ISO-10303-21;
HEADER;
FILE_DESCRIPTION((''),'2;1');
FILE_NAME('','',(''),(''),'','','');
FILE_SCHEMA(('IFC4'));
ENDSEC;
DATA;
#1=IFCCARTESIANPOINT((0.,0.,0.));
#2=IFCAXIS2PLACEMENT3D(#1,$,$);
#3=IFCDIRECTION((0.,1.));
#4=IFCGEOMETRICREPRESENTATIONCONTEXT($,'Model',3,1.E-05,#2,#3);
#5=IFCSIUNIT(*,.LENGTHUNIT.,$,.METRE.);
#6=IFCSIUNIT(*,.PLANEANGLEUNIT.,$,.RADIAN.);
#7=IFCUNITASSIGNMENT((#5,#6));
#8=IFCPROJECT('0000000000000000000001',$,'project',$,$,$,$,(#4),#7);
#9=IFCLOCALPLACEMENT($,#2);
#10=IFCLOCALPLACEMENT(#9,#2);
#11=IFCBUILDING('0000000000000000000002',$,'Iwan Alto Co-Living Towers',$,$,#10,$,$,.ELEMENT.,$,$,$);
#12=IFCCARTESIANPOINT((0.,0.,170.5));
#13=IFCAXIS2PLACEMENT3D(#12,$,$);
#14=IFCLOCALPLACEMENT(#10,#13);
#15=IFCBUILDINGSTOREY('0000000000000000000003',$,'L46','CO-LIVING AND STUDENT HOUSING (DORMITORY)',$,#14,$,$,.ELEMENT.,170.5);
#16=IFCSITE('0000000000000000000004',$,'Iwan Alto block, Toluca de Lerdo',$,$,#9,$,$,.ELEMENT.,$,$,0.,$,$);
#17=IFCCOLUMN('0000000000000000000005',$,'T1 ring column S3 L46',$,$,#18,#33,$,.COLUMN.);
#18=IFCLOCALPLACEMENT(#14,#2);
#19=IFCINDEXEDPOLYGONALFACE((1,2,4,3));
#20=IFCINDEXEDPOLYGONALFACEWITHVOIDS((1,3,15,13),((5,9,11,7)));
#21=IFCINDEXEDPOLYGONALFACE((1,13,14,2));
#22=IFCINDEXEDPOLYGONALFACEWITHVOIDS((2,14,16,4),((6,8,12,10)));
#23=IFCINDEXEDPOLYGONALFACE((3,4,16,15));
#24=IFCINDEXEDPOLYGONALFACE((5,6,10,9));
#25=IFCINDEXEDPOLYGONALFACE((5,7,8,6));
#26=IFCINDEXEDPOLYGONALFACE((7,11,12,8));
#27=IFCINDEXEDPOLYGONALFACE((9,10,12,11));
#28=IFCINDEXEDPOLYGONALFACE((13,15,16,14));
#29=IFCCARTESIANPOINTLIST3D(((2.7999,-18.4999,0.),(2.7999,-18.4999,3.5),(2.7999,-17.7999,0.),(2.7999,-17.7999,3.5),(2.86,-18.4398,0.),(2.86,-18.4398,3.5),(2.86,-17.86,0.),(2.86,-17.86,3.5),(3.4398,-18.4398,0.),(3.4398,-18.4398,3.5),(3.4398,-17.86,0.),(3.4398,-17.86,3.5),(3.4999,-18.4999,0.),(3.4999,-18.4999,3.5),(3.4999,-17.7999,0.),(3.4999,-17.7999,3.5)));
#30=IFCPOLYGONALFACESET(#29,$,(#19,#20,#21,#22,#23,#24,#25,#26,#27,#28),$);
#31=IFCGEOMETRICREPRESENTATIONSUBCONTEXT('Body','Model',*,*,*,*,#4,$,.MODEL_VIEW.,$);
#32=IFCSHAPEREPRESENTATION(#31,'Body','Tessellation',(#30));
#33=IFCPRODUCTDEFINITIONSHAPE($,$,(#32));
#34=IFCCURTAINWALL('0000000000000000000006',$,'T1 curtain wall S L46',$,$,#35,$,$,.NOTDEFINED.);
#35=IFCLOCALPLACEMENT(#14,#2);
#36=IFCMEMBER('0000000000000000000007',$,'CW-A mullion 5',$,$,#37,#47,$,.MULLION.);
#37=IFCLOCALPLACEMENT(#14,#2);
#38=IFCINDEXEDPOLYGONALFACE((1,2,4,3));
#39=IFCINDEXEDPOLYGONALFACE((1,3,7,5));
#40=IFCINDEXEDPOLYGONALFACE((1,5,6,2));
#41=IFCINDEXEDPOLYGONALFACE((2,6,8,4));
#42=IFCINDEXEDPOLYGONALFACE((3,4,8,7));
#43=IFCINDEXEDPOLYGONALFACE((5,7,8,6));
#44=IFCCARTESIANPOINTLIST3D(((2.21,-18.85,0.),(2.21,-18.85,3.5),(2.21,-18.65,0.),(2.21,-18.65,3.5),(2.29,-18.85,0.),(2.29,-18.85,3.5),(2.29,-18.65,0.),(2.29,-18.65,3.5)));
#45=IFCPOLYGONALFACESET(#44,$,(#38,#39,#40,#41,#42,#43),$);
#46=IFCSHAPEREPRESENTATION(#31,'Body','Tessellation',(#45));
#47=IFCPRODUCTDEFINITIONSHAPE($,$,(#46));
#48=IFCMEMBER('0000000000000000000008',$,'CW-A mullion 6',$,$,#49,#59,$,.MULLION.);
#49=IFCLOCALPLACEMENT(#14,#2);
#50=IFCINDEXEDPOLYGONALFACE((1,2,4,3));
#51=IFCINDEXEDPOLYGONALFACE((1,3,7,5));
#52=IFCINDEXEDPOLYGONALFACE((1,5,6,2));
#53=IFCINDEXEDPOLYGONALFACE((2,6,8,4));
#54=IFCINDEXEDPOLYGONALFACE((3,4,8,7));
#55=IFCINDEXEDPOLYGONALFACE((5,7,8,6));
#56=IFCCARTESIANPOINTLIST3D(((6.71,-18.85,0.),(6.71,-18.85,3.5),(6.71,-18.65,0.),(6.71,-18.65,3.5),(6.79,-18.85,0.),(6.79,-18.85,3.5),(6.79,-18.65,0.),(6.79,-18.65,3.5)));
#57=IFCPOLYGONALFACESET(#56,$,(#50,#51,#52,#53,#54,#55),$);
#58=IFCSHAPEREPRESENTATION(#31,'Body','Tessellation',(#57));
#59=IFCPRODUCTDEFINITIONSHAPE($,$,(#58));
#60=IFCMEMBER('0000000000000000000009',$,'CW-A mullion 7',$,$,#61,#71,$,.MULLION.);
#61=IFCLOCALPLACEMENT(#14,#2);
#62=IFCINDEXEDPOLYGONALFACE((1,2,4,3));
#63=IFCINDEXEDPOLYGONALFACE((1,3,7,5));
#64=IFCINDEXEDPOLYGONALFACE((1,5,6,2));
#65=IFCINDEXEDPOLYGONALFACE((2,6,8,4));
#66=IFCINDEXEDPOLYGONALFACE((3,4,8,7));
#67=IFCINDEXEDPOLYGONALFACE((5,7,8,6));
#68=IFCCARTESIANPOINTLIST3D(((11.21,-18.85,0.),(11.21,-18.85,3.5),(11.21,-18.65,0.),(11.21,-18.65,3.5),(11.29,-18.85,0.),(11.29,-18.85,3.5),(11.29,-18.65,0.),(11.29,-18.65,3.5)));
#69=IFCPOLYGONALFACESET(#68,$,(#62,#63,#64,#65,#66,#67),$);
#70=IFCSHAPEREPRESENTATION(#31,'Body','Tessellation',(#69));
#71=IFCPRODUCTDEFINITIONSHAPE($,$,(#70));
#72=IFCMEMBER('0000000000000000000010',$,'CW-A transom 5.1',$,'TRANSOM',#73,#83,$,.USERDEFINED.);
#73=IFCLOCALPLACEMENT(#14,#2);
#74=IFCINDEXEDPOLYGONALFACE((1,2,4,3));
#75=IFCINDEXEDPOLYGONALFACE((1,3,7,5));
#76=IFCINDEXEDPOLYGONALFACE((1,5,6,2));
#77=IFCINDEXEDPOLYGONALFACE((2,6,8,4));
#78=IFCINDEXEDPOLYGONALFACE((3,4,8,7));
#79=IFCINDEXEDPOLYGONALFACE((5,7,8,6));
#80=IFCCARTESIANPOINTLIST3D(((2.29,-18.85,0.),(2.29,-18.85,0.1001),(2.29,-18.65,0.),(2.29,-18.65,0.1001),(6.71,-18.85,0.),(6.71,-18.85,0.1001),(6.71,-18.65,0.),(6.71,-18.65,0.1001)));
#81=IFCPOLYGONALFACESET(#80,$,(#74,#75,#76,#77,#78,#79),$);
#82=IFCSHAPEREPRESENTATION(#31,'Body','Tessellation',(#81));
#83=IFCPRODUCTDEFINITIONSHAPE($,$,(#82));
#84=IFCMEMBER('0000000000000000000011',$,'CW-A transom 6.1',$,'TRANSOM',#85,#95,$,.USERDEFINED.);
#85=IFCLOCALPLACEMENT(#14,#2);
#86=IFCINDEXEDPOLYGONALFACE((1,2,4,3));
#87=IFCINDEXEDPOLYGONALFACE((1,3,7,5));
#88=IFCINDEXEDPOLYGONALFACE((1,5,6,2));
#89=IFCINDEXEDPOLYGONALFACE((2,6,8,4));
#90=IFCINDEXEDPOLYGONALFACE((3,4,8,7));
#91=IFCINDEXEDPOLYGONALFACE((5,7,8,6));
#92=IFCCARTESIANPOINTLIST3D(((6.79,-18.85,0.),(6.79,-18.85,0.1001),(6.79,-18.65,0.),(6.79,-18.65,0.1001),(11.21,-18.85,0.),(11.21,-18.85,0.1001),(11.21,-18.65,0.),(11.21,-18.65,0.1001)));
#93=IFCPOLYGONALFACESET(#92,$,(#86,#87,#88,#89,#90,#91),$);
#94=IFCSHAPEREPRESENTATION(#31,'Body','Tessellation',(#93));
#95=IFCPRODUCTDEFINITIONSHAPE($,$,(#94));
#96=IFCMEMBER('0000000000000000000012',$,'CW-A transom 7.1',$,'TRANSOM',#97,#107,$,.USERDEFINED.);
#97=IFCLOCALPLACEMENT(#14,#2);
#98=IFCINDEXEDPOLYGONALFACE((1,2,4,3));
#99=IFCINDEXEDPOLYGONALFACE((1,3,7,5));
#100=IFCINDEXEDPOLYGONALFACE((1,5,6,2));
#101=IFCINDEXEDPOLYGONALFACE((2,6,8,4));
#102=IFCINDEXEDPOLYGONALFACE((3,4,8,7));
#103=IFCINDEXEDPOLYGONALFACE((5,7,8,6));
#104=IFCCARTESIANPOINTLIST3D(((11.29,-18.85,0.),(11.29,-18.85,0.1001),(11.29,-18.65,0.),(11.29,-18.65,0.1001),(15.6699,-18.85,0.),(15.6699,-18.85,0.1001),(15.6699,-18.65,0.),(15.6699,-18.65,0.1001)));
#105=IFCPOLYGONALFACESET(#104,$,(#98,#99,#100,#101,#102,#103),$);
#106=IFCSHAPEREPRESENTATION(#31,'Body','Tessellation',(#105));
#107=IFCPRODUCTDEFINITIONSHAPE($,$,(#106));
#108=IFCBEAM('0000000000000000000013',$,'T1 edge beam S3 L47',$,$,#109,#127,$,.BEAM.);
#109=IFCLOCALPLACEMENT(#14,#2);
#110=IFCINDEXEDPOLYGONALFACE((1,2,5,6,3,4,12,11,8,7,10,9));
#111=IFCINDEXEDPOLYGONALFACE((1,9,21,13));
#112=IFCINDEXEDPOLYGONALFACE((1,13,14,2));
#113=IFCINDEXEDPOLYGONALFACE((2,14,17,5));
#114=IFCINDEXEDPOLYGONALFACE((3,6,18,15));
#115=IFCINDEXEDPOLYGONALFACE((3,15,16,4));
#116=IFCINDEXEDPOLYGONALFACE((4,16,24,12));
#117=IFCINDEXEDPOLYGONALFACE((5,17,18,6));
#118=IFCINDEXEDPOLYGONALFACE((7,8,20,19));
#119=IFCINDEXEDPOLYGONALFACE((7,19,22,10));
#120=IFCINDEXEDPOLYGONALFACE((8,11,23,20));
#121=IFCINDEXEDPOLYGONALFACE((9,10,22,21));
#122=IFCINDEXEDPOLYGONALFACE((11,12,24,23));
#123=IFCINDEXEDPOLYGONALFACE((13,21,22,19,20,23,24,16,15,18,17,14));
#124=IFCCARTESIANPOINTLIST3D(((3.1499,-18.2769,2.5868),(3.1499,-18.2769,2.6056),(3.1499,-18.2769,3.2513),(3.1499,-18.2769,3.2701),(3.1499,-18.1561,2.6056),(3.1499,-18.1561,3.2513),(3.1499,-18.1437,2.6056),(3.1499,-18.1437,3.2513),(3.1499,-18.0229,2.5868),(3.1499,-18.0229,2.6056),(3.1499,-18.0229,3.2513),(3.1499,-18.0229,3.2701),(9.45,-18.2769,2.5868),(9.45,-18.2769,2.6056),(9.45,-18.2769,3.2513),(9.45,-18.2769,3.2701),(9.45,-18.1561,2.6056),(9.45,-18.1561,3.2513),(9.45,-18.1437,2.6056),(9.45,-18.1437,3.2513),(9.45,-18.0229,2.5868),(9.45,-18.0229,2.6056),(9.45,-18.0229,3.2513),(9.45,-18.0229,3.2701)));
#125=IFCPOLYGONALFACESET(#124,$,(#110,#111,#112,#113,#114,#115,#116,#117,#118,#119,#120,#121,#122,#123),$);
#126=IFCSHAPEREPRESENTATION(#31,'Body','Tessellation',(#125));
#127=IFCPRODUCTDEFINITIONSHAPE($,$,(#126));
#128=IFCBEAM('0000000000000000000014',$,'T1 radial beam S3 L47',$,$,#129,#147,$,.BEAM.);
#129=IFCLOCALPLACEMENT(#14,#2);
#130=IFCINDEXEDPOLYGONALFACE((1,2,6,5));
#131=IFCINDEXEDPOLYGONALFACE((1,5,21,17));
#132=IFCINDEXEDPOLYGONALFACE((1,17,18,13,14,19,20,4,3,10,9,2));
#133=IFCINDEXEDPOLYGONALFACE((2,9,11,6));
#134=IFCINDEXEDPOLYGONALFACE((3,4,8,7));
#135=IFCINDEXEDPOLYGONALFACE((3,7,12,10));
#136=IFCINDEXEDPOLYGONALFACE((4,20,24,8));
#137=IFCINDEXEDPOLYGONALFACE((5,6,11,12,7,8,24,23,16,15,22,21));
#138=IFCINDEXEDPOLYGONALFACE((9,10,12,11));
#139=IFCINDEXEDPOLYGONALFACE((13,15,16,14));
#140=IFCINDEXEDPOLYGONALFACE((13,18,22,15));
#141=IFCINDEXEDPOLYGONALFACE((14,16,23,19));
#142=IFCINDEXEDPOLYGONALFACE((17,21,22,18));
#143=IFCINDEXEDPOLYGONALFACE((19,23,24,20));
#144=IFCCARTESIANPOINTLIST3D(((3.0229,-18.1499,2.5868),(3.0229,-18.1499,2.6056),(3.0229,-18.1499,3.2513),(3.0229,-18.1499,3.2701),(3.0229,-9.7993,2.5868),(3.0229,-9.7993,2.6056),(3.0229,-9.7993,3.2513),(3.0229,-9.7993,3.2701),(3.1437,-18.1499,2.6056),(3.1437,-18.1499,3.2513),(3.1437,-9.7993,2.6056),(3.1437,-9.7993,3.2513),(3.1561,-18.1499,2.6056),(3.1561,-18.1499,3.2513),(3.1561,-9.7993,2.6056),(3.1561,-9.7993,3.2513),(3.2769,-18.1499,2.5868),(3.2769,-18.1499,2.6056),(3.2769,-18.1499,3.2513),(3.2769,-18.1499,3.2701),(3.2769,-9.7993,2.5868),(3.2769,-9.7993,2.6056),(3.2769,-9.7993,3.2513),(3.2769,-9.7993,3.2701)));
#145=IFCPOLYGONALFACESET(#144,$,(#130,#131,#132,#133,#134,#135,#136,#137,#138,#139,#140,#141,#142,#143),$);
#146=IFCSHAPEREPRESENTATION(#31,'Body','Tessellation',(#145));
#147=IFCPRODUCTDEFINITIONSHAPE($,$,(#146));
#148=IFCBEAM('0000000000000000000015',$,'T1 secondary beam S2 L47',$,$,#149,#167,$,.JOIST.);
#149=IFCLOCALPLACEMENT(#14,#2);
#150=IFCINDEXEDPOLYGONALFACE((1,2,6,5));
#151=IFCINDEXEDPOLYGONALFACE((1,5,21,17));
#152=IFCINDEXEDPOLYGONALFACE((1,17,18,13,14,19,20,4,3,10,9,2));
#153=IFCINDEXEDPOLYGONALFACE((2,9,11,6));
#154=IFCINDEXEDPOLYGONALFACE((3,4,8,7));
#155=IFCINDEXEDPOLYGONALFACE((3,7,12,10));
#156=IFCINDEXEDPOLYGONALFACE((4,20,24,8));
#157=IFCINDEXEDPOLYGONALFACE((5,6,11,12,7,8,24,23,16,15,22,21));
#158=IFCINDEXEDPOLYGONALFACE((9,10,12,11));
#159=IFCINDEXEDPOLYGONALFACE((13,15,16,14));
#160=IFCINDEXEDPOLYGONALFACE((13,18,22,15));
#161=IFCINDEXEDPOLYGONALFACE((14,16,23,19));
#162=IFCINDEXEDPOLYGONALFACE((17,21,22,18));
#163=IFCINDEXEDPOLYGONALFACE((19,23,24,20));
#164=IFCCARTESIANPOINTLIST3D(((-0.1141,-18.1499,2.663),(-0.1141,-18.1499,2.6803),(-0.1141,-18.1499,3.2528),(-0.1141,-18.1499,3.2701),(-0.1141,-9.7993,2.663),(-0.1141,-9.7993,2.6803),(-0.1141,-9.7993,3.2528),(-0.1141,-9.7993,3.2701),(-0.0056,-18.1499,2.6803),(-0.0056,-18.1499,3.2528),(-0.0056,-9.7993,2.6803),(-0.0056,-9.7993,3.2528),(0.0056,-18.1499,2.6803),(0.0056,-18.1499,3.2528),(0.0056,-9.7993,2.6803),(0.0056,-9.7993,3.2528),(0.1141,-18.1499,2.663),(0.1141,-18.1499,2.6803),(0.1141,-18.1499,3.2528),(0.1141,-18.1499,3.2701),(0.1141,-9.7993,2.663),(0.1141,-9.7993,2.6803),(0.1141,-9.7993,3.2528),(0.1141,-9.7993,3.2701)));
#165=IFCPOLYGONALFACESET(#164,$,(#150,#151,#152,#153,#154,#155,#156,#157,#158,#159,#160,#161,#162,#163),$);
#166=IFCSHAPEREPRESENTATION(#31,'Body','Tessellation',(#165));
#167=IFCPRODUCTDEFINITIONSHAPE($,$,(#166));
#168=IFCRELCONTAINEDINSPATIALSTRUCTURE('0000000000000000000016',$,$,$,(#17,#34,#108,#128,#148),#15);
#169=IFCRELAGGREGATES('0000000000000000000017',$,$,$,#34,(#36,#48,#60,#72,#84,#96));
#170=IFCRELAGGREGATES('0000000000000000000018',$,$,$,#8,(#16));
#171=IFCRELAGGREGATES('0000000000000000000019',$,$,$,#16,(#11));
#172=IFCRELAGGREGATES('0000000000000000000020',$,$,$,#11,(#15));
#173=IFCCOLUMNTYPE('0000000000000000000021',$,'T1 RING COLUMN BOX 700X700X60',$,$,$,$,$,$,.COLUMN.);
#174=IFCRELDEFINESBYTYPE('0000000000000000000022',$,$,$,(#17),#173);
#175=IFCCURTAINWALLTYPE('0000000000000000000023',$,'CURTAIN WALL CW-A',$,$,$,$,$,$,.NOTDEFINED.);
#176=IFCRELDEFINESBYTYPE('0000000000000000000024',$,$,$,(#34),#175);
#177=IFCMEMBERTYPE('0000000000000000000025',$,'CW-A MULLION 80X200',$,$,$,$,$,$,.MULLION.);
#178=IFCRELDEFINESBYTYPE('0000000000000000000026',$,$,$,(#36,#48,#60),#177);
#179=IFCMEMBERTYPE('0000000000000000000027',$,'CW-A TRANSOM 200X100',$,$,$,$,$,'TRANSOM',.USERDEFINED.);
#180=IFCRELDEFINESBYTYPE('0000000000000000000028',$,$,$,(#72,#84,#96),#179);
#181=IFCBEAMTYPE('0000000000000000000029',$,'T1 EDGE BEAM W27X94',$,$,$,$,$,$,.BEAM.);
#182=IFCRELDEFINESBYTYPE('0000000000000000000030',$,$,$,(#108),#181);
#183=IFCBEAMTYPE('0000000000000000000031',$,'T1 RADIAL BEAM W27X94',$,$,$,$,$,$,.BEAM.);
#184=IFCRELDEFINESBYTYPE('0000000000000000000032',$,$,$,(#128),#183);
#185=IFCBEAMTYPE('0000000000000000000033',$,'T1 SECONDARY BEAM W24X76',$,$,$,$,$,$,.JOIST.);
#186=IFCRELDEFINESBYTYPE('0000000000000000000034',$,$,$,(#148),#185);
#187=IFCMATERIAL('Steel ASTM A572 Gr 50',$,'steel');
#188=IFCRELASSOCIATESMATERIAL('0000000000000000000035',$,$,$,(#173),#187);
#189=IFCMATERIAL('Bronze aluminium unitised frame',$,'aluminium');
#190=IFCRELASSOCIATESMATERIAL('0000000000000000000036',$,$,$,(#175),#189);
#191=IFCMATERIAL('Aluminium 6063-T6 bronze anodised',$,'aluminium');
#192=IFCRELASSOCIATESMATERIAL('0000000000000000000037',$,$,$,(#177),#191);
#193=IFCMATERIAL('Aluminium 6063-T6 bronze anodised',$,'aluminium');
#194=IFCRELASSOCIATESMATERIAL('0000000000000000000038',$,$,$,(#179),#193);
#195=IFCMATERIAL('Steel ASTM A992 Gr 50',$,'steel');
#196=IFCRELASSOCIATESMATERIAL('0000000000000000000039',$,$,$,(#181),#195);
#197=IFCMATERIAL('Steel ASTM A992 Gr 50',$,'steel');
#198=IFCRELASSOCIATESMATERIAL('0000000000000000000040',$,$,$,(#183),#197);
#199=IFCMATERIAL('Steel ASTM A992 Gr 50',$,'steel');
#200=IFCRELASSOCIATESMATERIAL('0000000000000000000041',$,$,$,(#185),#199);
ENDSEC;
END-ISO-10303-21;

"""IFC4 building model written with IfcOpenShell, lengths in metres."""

from ifc_helpers import new_model, si_unit, direction, frame, origin, origin_2d, place, context, subcontext, project, spatial, rectangle, hollow_rectangle, i_section, extrude, material, material_profile, profile_set, type_object, element, aggregate, save


model = new_model("IFC4")

# Units and contexts
model_context = context("Model", 3, precision=1e-05, world=origin(), true_north=direction((0.0, 1.0)))
body_context = subcontext(model_context, "Body", "Model", "MODEL_VIEW")
ifc_project = project(units=[si_unit("LENGTHUNIT", "METRE"), si_unit("PLANEANGLEUNIT", "RADIAN")], contexts=[model_context])

# Site, building, storey
site_placement = place(None, origin())
site = spatial("IfcSite", under=ifc_project, at=site_placement, Name="Iwan Alto block, Toluca de Lerdo", CompositionType="ELEMENT", RefElevation=0.0)
building_placement = place(site_placement, origin())
building = spatial("IfcBuilding", under=site, at=building_placement, Name="Iwan Alto Co-Living Towers", CompositionType="ELEMENT")
storey_placement = place(building_placement, frame((0.0, 0.0, 170.5)))
storey = spatial("IfcBuildingStorey", under=building, at=storey_placement, Name="L46", Description="CO-LIVING AND STUDENT HOUSING (DORMITORY)", CompositionType="ELEMENT", Elevation=170.5)

# Column
ifc_material_1 = material(Name="Steel ASTM A572 Gr 50", Category="steel")
ifc_material_profile_1 = material_profile(ifc_material_1, hollow_rectangle(XDim=0.7, YDim=0.7, WallThickness=0.0601, at=origin_2d()), Name="BOX 700X700X60")
ifc_profile_set_1 = profile_set([ifc_material_profile_1], Name="Steel ASTM A572 Gr 50")
column_type = type_object("IfcColumnType", Name="T1 RING COLUMN BOX 700X700X60", PredefinedType="COLUMN", material=ifc_profile_set_1)
column_placement = place(storey_placement, frame((3.1499, -18.1499, 0.0), z_axis=(0.0, 0.0, 1.0), x_axis=(1.0, 0.0, 0.0)))
element("IfcColumn", 1, at=column_placement, inside=storey, type_object=column_type, Name="T1 ring column S3 L46", PredefinedType="COLUMN", context=body_context, shape_type="SweptSolid", body=[
    extrude(hollow_rectangle(XDim=0.7, YDim=0.7, WallThickness=0.0601, at=origin_2d()), origin(), (0.0, 0.0, 1.0), 3.5),
])

# Curtain wall, members
ifc_material_2 = material(Name="Bronze aluminium unitised frame", Category="aluminium")
curtain_wall_type = type_object("IfcCurtainWallType", Name="CURTAIN WALL CW-A", PredefinedType="NOTDEFINED", material=ifc_material_2)
curtain_wall_placement = place(storey_placement, origin())
curtain_wall = element("IfcCurtainWall", 2, at=curtain_wall_placement, inside=storey, type_object=curtain_wall_type, Name="T1 curtain wall S L46", PredefinedType="NOTDEFINED")
ifc_material_3 = material(Name="Aluminium 6063-T6 bronze anodised", Category="aluminium")
ifc_material_profile_2 = material_profile(ifc_material_3, rectangle(XDim=0.2, YDim=0.0801, at=origin_2d()), Name="AL 80X200")
ifc_profile_set_2 = profile_set([ifc_material_profile_2], Name="Aluminium 6063-T6 bronze anodised")
member_type_1 = type_object("IfcMemberType", Name="CW-A MULLION 80X200", PredefinedType="MULLION", material=ifc_profile_set_2)
member_1_placement = place(storey_placement, frame((2.25, -18.75, 0.0), z_axis=(0.0, 0.0, 1.0), x_axis=(0.0, 1.0, 0.0)))
member_1 = element("IfcMember", 3, at=member_1_placement, type_object=member_type_1, Name="CW-A mullion 5", PredefinedType="MULLION", context=body_context, shape_type="SweptSolid", body=[
    extrude(rectangle(XDim=0.2, YDim=0.0801, at=origin_2d()), origin(), (0.0, 0.0, 1.0), 3.5),
])
member_2_placement = place(storey_placement, frame((6.75, -18.75, 0.0), z_axis=(0.0, 0.0, 1.0), x_axis=(0.0, 1.0, 0.0)))
member_2 = element("IfcMember", 4, at=member_2_placement, type_object=member_type_1, Name="CW-A mullion 6", PredefinedType="MULLION", context=body_context, shape_type="SweptSolid", body=[
    extrude(rectangle(XDim=0.2, YDim=0.0801, at=origin_2d()), origin(), (0.0, 0.0, 1.0), 3.5),
])
member_3_placement = place(storey_placement, frame((11.25, -18.75, 0.0), z_axis=(0.0, 0.0, 1.0), x_axis=(0.0, 1.0, 0.0)))
member_3 = element("IfcMember", 5, at=member_3_placement, type_object=member_type_1, Name="CW-A mullion 7", PredefinedType="MULLION", context=body_context, shape_type="SweptSolid", body=[
    extrude(rectangle(XDim=0.2, YDim=0.0801, at=origin_2d()), origin(), (0.0, 0.0, 1.0), 3.5),
])
ifc_material_4 = material(Name="Aluminium 6063-T6 bronze anodised", Category="aluminium")
ifc_material_profile_3 = material_profile(ifc_material_4, rectangle(XDim=0.2, YDim=0.1001, at=origin_2d()), Name="AL 200X100")
ifc_profile_set_3 = profile_set([ifc_material_profile_3], Name="Aluminium 6063-T6 bronze anodised")
member_type_2 = type_object("IfcMemberType", Name="CW-A TRANSOM 200X100", ElementType="TRANSOM", PredefinedType="USERDEFINED", material=ifc_profile_set_3)
member_4_placement = place(storey_placement, frame((2.29, -18.75, 0.05), z_axis=(1.0, 0.0, 0.0), x_axis=(0.0, 1.0, 0.0)))
member_4 = element("IfcMember", 6, at=member_4_placement, type_object=member_type_2, Name="CW-A transom 5.1", ObjectType="TRANSOM", PredefinedType="USERDEFINED", context=body_context, shape_type="SweptSolid", body=[
    extrude(rectangle(XDim=0.2, YDim=0.1001, at=origin_2d()), origin(), (0.0, 0.0, 1.0), 4.4199),
])
member_5_placement = place(storey_placement, frame((6.79, -18.75, 0.05), z_axis=(1.0, 0.0, 0.0), x_axis=(0.0, 1.0, 0.0)))
member_5 = element("IfcMember", 7, at=member_5_placement, type_object=member_type_2, Name="CW-A transom 6.1", ObjectType="TRANSOM", PredefinedType="USERDEFINED", context=body_context, shape_type="SweptSolid", body=[
    extrude(rectangle(XDim=0.2, YDim=0.1001, at=origin_2d()), origin(), (0.0, 0.0, 1.0), 4.4199),
])
member_6_placement = place(storey_placement, frame((11.29, -18.75, 0.05), z_axis=(1.0, 0.0, 0.0), x_axis=(0.0, 1.0, 0.0)))
member_6 = element("IfcMember", 8, at=member_6_placement, type_object=member_type_2, Name="CW-A transom 7.1", ObjectType="TRANSOM", PredefinedType="USERDEFINED", context=body_context, shape_type="SweptSolid", body=[
    extrude(rectangle(XDim=0.2, YDim=0.1001, at=origin_2d()), origin(), (0.0, 0.0, 1.0), 4.3799),
])

# Beams
ifc_material_5 = material(Name="Steel ASTM A992 Gr 50", Category="steel")
ifc_material_profile_4 = material_profile(ifc_material_5, i_section(OverallWidth=0.2539, OverallDepth=0.6833, WebThickness=0.0125, FlangeThickness=0.0188, at=origin_2d()), Name="W27X94")
ifc_profile_set_4 = profile_set([ifc_material_profile_4], Name="Steel ASTM A992 Gr 50")
beam_type_1 = type_object("IfcBeamType", Name="T1 EDGE BEAM W27X94", PredefinedType="BEAM", material=ifc_profile_set_4)
beam_1_placement = place(storey_placement, frame((3.1499, -18.1499, 2.9285), z_axis=(1.0, 0.0, 0.0), x_axis=(0.0, 1.0, 0.0)))
element("IfcBeam", 9, at=beam_1_placement, inside=storey, type_object=beam_type_1, Name="T1 edge beam S3 L47", PredefinedType="BEAM", context=body_context, shape_type="SweptSolid", body=[
    extrude(i_section(OverallWidth=0.2539, OverallDepth=0.6833, WebThickness=0.0125, FlangeThickness=0.0188, at=origin_2d()), origin(), (0.0, 0.0, 1.0), 6.3),
])
ifc_material_6 = material(Name="Steel ASTM A992 Gr 50", Category="steel")
ifc_material_profile_5 = material_profile(ifc_material_6, i_section(OverallWidth=0.2539, OverallDepth=0.6833, WebThickness=0.0125, FlangeThickness=0.0188, at=origin_2d()), Name="W27X94")
ifc_profile_set_5 = profile_set([ifc_material_profile_5], Name="Steel ASTM A992 Gr 50")
beam_type_2 = type_object("IfcBeamType", Name="T1 RADIAL BEAM W27X94", PredefinedType="BEAM", material=ifc_profile_set_5)
beam_2_placement = place(storey_placement, frame((3.1499, -18.1499, 2.9285), z_axis=(0.0, 1.0, 0.0), x_axis=(-1.0, 0.0, 0.0)))
element("IfcBeam", 10, at=beam_2_placement, inside=storey, type_object=beam_type_2, Name="T1 radial beam S3 L47", PredefinedType="BEAM", context=body_context, shape_type="SweptSolid", body=[
    extrude(i_section(OverallWidth=0.2539, OverallDepth=0.6833, WebThickness=0.0125, FlangeThickness=0.0188, at=origin_2d()), origin(), (0.0, 0.0, 1.0), 8.3506),
])
ifc_material_7 = material(Name="Steel ASTM A992 Gr 50", Category="steel")
ifc_material_profile_6 = material_profile(ifc_material_7, i_section(OverallWidth=0.2283, OverallDepth=0.6072, WebThickness=0.0112, FlangeThickness=0.0173, at=origin_2d()), Name="W24X76")
ifc_profile_set_6 = profile_set([ifc_material_profile_6], Name="Steel ASTM A992 Gr 50")
beam_type_3 = type_object("IfcBeamType", Name="T1 SECONDARY BEAM W24X76", PredefinedType="JOIST", material=ifc_profile_set_6)
for number, where, z_axis, x_axis, name in (
    (11, (0.0, -18.1499, 2.9666), (0.0, 1.0, 0.0), (-1.0, 0.0, 0.0), "T1 secondary beam S2 L47"),
):
    element("IfcBeam", number, at=place(storey_placement, frame(where, z_axis=z_axis, x_axis=x_axis)), inside=storey, type_object=beam_type_3, Name=name, PredefinedType="JOIST", context=body_context, shape_type="SweptSolid", body=[
        extrude(i_section(OverallWidth=0.2283, OverallDepth=0.6072, WebThickness=0.0112, FlangeThickness=0.0173, at=origin_2d()), origin(), (0.0, 0.0, 1.0), 8.3506),
    ])

aggregate(curtain_wall, [member_1, member_2, member_3, member_4, member_5, member_6])

save(model, "model.ifc")
